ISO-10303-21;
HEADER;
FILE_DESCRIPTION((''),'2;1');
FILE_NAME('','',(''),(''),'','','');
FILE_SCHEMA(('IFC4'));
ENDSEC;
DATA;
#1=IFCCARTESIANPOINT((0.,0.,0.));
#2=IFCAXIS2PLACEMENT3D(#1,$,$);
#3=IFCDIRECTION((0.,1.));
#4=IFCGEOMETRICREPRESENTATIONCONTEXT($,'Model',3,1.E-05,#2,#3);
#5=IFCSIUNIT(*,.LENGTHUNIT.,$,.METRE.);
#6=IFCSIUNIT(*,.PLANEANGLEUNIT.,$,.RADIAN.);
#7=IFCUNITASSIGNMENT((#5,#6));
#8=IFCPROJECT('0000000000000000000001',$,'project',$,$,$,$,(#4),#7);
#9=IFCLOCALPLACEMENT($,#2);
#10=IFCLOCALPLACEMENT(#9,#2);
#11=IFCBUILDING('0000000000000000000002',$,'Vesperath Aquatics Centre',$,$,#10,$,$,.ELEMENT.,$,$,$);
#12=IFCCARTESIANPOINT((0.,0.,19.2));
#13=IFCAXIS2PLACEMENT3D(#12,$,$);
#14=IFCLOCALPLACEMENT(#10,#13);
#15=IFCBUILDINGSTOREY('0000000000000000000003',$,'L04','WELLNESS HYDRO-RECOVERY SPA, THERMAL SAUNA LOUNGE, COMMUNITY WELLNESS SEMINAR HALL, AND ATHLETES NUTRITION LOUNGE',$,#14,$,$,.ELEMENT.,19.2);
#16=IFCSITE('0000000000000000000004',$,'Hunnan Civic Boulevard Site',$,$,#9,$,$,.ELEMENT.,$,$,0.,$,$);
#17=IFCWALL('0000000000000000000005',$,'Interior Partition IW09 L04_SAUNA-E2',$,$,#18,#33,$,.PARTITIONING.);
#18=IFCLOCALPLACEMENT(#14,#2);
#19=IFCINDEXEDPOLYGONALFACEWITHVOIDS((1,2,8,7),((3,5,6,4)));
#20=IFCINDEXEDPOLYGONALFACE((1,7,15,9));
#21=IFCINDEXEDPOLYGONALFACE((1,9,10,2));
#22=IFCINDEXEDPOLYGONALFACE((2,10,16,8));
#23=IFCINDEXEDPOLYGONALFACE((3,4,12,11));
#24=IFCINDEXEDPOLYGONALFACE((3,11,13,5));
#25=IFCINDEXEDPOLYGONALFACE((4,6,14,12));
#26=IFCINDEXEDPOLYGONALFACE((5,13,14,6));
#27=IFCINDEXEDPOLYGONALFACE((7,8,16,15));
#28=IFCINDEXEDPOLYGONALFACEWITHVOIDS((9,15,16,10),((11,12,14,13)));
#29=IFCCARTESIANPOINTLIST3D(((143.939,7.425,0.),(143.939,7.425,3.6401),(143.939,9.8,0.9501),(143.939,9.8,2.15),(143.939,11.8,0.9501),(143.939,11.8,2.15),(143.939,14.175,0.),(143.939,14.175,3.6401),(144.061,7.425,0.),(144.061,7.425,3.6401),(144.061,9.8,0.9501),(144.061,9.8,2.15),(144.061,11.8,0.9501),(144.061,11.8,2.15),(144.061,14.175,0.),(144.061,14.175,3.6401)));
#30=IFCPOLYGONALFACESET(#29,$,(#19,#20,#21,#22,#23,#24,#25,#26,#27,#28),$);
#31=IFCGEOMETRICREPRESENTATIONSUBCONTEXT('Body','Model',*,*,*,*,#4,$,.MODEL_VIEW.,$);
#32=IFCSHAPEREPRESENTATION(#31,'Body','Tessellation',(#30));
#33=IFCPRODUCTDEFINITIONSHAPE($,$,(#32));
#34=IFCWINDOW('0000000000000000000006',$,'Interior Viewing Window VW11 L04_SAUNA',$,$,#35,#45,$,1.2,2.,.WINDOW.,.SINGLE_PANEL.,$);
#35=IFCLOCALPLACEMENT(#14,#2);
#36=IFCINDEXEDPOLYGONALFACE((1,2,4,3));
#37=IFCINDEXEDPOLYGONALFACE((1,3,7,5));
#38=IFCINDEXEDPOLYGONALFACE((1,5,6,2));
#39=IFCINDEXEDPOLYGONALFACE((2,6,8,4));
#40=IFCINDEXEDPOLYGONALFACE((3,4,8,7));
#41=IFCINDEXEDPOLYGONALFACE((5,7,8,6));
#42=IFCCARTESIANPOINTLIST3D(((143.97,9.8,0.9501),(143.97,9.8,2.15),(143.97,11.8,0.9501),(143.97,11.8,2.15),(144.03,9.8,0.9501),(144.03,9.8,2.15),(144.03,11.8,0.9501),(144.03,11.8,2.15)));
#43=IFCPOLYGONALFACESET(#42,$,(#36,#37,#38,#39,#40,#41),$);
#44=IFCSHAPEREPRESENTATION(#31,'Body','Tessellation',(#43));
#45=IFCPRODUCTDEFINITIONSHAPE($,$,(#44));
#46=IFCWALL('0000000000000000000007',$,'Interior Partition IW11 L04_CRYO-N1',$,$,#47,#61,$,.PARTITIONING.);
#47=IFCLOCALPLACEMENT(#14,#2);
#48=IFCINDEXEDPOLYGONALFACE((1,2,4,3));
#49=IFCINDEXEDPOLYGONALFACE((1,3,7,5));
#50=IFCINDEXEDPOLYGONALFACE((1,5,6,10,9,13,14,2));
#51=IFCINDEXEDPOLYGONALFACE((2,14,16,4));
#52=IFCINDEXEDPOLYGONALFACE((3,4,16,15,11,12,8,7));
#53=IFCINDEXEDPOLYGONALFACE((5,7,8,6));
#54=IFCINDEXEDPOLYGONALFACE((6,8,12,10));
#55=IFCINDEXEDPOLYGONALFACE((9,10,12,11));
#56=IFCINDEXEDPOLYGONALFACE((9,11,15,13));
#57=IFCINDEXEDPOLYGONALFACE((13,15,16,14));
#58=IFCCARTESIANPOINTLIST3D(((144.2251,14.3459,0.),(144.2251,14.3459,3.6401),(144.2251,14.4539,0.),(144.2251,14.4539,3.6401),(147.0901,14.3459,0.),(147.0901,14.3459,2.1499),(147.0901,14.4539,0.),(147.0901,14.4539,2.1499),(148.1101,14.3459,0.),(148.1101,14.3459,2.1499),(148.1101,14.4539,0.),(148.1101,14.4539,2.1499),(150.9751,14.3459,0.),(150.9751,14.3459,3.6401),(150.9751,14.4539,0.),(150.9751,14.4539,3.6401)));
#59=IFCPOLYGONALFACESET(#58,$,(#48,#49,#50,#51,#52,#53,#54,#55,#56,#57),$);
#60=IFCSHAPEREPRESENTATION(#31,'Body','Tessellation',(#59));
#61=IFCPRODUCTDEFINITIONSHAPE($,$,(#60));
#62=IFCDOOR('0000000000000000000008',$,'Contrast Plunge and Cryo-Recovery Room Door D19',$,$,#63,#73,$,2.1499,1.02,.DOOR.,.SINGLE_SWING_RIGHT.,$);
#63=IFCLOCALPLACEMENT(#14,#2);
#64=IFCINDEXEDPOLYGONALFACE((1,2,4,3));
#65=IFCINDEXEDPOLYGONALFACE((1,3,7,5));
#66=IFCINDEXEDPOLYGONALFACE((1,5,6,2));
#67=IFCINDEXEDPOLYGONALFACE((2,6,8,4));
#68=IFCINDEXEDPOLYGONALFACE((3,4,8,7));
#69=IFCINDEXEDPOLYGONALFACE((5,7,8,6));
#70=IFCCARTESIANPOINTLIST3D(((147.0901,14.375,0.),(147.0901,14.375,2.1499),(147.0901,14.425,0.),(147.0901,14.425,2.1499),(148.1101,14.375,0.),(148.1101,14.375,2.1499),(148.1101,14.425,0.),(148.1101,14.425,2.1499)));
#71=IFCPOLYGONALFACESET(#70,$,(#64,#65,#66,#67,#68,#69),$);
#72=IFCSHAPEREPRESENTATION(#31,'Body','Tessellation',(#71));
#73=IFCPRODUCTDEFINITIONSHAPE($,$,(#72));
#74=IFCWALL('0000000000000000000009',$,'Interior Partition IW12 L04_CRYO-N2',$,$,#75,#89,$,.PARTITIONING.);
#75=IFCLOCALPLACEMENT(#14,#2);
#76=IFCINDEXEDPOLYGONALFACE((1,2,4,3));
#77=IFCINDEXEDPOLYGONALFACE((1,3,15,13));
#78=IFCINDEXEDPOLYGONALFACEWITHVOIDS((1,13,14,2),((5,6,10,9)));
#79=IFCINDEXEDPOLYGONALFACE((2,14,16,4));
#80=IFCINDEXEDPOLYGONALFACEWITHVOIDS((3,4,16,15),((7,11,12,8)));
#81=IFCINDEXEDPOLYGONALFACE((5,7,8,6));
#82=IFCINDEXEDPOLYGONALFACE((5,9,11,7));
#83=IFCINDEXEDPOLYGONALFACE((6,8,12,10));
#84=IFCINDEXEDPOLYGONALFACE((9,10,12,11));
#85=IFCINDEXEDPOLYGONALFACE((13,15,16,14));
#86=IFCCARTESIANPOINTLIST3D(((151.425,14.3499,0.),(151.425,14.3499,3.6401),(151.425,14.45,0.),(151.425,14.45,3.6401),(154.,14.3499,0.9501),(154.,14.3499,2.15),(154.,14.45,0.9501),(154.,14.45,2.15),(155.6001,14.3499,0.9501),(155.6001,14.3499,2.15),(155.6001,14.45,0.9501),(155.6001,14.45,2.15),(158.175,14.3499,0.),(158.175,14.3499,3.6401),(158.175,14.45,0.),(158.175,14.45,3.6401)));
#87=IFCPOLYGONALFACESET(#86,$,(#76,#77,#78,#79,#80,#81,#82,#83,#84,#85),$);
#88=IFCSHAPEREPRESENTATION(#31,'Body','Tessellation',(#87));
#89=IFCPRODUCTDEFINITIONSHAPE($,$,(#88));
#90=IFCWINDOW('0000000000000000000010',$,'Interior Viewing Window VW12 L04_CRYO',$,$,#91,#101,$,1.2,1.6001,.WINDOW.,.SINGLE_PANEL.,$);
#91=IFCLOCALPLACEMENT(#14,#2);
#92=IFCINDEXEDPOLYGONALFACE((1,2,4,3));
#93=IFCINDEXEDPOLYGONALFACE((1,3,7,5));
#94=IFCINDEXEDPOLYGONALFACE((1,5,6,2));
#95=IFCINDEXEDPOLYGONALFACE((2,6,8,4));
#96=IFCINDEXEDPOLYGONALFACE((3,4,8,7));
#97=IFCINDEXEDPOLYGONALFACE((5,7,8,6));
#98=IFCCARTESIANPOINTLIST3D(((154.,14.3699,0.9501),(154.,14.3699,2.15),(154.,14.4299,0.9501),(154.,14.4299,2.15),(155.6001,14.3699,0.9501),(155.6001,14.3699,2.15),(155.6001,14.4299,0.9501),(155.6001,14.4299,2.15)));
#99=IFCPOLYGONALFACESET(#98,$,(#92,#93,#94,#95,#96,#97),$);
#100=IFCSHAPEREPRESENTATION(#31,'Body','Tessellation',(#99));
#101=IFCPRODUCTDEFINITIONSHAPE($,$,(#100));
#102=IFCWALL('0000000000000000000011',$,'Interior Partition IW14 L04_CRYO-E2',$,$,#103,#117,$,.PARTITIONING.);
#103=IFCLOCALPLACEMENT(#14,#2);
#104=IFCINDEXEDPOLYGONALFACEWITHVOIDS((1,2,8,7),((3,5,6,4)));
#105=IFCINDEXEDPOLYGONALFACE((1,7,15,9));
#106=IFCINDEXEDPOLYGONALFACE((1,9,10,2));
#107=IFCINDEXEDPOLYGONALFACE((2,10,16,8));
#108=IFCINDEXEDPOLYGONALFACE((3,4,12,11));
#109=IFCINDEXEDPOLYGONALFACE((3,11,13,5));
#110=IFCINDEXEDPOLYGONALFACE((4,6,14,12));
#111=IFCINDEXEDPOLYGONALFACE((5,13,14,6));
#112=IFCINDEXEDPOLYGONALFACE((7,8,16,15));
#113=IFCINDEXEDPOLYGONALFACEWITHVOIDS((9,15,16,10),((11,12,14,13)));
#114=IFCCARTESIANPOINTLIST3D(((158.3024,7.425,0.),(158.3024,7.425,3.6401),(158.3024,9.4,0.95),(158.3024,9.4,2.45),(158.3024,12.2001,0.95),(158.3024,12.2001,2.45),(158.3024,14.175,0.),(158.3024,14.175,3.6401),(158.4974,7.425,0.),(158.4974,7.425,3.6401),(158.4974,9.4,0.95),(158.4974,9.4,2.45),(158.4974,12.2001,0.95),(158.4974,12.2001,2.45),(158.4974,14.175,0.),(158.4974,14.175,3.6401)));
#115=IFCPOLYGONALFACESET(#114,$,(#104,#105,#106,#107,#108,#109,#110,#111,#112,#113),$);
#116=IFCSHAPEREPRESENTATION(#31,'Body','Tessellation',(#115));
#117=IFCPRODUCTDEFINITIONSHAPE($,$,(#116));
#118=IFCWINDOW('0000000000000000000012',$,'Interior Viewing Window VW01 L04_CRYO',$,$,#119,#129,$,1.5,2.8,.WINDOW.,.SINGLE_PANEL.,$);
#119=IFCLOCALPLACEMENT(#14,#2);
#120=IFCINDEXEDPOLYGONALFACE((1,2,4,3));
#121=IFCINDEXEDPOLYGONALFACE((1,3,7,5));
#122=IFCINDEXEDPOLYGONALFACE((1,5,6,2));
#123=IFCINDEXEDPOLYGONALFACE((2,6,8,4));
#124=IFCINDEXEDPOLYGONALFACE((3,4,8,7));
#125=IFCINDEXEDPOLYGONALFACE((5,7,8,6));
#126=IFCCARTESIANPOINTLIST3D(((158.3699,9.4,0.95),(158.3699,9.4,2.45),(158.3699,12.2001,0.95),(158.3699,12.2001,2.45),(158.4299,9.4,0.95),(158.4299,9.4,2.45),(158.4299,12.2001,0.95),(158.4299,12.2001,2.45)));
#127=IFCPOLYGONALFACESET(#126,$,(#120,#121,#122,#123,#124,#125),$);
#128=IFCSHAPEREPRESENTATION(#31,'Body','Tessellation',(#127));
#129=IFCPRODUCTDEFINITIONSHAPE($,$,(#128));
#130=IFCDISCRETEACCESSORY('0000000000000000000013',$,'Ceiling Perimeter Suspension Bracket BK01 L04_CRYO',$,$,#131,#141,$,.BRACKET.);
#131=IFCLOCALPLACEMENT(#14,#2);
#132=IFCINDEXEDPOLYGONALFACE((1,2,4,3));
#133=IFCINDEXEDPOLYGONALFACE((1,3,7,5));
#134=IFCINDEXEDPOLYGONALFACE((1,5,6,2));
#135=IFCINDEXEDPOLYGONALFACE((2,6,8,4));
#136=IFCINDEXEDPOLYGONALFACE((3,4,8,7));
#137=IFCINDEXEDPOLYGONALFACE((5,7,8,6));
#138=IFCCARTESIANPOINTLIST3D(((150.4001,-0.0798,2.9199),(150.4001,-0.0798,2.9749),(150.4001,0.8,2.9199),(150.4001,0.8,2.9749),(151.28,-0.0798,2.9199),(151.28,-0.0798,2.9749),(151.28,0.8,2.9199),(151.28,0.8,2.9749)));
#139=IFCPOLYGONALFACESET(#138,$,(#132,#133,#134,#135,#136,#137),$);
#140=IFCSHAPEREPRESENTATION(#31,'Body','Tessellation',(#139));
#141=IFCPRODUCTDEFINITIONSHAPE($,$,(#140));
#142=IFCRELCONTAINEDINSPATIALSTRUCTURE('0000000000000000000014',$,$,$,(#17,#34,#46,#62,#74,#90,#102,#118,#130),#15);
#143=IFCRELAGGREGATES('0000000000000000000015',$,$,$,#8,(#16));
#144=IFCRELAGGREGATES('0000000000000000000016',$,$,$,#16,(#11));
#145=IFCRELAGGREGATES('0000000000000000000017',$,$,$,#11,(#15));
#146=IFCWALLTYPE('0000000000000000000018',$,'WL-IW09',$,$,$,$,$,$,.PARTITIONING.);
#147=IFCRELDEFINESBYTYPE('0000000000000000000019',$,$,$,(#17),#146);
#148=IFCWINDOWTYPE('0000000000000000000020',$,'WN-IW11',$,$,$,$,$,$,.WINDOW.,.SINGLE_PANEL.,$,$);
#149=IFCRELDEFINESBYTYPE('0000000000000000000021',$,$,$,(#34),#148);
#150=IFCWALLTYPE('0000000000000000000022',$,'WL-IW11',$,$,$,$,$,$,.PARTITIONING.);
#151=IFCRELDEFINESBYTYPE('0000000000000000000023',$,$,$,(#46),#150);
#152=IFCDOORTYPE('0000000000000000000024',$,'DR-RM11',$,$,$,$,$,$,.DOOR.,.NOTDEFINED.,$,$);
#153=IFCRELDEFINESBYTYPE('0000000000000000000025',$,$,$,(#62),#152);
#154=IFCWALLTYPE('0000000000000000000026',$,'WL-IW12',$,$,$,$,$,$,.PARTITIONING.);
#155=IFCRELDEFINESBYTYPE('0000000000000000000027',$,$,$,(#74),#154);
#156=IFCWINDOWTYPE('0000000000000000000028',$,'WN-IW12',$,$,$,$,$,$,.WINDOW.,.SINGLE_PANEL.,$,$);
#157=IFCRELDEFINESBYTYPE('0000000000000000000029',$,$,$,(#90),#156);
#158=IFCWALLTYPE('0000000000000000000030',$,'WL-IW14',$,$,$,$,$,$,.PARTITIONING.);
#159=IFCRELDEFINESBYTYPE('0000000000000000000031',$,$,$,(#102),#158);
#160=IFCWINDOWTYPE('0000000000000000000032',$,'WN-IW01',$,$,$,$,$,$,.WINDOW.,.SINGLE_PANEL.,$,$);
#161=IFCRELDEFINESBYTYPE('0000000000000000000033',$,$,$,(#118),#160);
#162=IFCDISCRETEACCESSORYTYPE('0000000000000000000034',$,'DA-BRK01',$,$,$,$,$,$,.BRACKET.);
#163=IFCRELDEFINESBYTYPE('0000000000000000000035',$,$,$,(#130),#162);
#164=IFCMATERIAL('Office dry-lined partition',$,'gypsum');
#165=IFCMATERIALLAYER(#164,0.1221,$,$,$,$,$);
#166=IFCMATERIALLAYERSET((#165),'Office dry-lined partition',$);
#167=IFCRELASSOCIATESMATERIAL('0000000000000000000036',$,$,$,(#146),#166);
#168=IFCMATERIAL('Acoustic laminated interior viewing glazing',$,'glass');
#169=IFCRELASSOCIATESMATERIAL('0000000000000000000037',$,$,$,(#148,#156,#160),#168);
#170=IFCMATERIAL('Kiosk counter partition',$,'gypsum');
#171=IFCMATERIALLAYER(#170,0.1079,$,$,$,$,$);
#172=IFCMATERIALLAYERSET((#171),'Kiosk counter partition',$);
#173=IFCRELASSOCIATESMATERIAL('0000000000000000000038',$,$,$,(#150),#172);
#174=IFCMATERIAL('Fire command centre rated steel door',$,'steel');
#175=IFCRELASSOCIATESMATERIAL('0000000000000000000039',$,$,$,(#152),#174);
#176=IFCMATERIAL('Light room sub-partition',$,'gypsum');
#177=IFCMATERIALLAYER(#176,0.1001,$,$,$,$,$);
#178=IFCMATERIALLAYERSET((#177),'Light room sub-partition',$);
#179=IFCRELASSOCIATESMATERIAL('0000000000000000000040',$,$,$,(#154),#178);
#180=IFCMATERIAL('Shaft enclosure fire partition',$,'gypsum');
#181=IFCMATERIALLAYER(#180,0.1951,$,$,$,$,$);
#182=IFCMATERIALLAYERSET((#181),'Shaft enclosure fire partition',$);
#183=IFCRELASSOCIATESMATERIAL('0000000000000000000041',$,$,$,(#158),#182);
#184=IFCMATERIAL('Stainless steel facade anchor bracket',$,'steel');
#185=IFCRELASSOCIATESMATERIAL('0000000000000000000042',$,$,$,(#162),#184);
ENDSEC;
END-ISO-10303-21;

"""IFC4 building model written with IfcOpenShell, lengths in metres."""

from ifc_helpers import new_model, si_unit, direction, frame, frame_2d, origin, origin_2d, place, context, subcontext, project, spatial, rectangle, extrude, material, layer, layer_set, type_object, element, fill, save


model = new_model("IFC4")

# Units and contexts
model_context = context("Model", 3, precision=1e-05, world=origin(), true_north=direction((0.0, 1.0)))
body_context = subcontext(model_context, "Body", "Model", "MODEL_VIEW")
ifc_project = project(units=[si_unit("LENGTHUNIT", "METRE"), si_unit("PLANEANGLEUNIT", "RADIAN")], contexts=[model_context])

# Site, building, storey
site_placement = place(None, origin())
site = spatial("IfcSite", under=ifc_project, at=site_placement, Name="Hunnan Civic Boulevard Site", CompositionType="ELEMENT", RefElevation=0.0)
building_placement = place(site_placement, origin())
building = spatial("IfcBuilding", under=site, at=building_placement, Name="Vesperath Aquatics Centre", CompositionType="ELEMENT")
storey_placement = place(building_placement, frame((0.0, 0.0, 19.2)))
storey = spatial("IfcBuildingStorey", under=building, at=storey_placement, Name="L04", Description="WELLNESS HYDRO-RECOVERY SPA, THERMAL SAUNA LOUNGE, COMMUNITY WELLNESS SEMINAR HALL, AND ATHLETES NUTRITION LOUNGE", CompositionType="ELEMENT", Elevation=19.2)

# Wall, opening, window
ifc_material_1 = material(Name="Office dry-lined partition", Category="gypsum")
ifc_layer_1 = layer(ifc_material_1, 0.1221)
ifc_layer_set_1 = layer_set([ifc_layer_1], Name="Office dry-lined partition")
wall_type_1 = type_object("IfcWallType", Name="WL-IW09", PredefinedType="PARTITIONING", material=ifc_layer_set_1)
wall_1_placement = place(storey_placement, frame((144.0, 7.425, 0.0), z_axis=(0.0, 0.0, 1.0), x_axis=(0.0, 1.0, 0.0)))
wall_1 = element("IfcWall", 1, at=wall_1_placement, inside=storey, type_object=wall_type_1, Name="Interior Partition IW09 L04_SAUNA-E2", PredefinedType="PARTITIONING", context=body_context, shape_type="SweptSolid", body=[
    extrude(rectangle(XDim=6.75, YDim=0.1221, at=frame_2d((3.375, 0.0))), origin(), (0.0, 0.0, 1.0), 3.6401),
])
opening_1_placement = place(wall_1_placement, frame((2.375, 0.0, 0.95)))
opening_1 = element("IfcOpeningElement", 2, at=opening_1_placement, cuts=wall_1, PredefinedType="OPENING", context=body_context, shape_type="SweptSolid", body=[
    extrude(rectangle(XDim=2.0, YDim=1.2, at=frame_2d((1.0, 0.6001))), frame((0.0, 0.0759, 0.0), z_axis=(0.0, -1.0, 0.0), x_axis=(1.0, 0.0, 0.0)), (0.0, 0.0, 1.0), 0.1519),
])
ifc_material_2 = material(Name="Acoustic laminated interior viewing glazing", Category="glass")
window_type_1 = type_object("IfcWindowType", Name="WN-IW11", PartitioningType="SINGLE_PANEL", PredefinedType="WINDOW", material=ifc_material_2)
window_1_placement = place(opening_1_placement, origin())
window_1 = element("IfcWindow", 3, at=window_1_placement, inside=storey, type_object=window_type_1, Name="Interior Viewing Window VW11 L04_SAUNA", OverallHeight=1.2, OverallWidth=2.0, PartitioningType="SINGLE_PANEL", PredefinedType="WINDOW", context=body_context, shape_type="SweptSolid", body=[
    extrude(rectangle(XDim=2.0, YDim=1.2, at=frame_2d((1.0, 0.6001))), frame((0.0, 0.03, 0.0), z_axis=(0.0, -1.0, 0.0), x_axis=(1.0, 0.0, 0.0)), (0.0, 0.0, 1.0), 0.0601),
])
fill(opening_1, window_1)

# Wall, opening, door
ifc_material_3 = material(Name="Kiosk counter partition", Category="gypsum")
ifc_layer_2 = layer(ifc_material_3, 0.1079)
ifc_layer_set_2 = layer_set([ifc_layer_2], Name="Kiosk counter partition")
wall_type_2 = type_object("IfcWallType", Name="WL-IW11", PredefinedType="PARTITIONING", material=ifc_layer_set_2)
wall_2_placement = place(storey_placement, frame((144.2251, 14.3999, 0.0), z_axis=(0.0, 0.0, 1.0), x_axis=(1.0, 0.0, 0.0)))
wall_2 = element("IfcWall", 4, at=wall_2_placement, inside=storey, type_object=wall_type_2, Name="Interior Partition IW11 L04_CRYO-N1", PredefinedType="PARTITIONING", context=body_context, shape_type="SweptSolid", body=[
    extrude(rectangle(XDim=6.75, YDim=0.1079, at=frame_2d((3.375, 0.0))), origin(), (0.0, 0.0, 1.0), 3.6401),
])
opening_2_placement = place(wall_2_placement, frame((2.865, 0.0, 0.0)))
opening_2 = element("IfcOpeningElement", 5, at=opening_2_placement, cuts=wall_2, PredefinedType="OPENING", context=body_context, shape_type="SweptSolid", body=[
    extrude(rectangle(XDim=1.02, YDim=2.1499, at=frame_2d((0.51, 1.075))), frame((0.0, 0.0688, 0.0), z_axis=(0.0, -1.0, 0.0), x_axis=(1.0, 0.0, 0.0)), (0.0, 0.0, 1.0), 0.1377),
])
ifc_material_4 = material(Name="Fire command centre rated steel door", Category="steel")
door_type = type_object("IfcDoorType", Name="DR-RM11", OperationType="NOTDEFINED", PredefinedType="DOOR", material=ifc_material_4)
door_placement = place(opening_2_placement, frame((1.02, 0.0, 0.0), z_axis=(0.0, 0.0, 1.0), x_axis=(-1.0, 0.0, 0.0)))
door = element("IfcDoor", 6, at=door_placement, inside=storey, type_object=door_type, Name="Contrast Plunge and Cryo-Recovery Room Door D19", OperationType="SINGLE_SWING_RIGHT", OverallHeight=2.1499, OverallWidth=1.02, PredefinedType="DOOR", context=body_context, shape_type="SweptSolid", body=[
    extrude(rectangle(XDim=1.02, YDim=2.1499, at=frame_2d((0.51, 1.075))), frame((0.0, 0.0249, 0.0), z_axis=(0.0, -1.0, 0.0), x_axis=(1.0, 0.0, 0.0)), (0.0, 0.0, 1.0), 0.05),
])
fill(opening_2, door)

# Walls, openings, windows
ifc_material_5 = material(Name="Light room sub-partition", Category="gypsum")
ifc_layer_3 = layer(ifc_material_5, 0.1001)
ifc_layer_set_3 = layer_set([ifc_layer_3], Name="Light room sub-partition")
wall_type_3 = type_object("IfcWallType", Name="WL-IW12", PredefinedType="PARTITIONING", material=ifc_layer_set_3)
wall_3_placement = place(storey_placement, frame((151.425, 14.3999, 0.0), z_axis=(0.0, 0.0, 1.0), x_axis=(1.0, 0.0, 0.0)))
wall_3 = element("IfcWall", 7, at=wall_3_placement, inside=storey, type_object=wall_type_3, Name="Interior Partition IW12 L04_CRYO-N2", PredefinedType="PARTITIONING", context=body_context, shape_type="SweptSolid", body=[
    extrude(rectangle(XDim=6.75, YDim=0.1001, at=frame_2d((3.375, 0.0))), origin(), (0.0, 0.0, 1.0), 3.6401),
])
opening_3_placement = place(wall_3_placement, frame((2.575, 0.0, 0.95)))
opening_3 = element("IfcOpeningElement", 8, at=opening_3_placement, cuts=wall_3, PredefinedType="OPENING", context=body_context, shape_type="SweptSolid", body=[
    extrude(rectangle(XDim=1.6001, YDim=1.2, at=frame_2d((0.8, 0.6001))), frame((0.0, 0.0649, 0.0), z_axis=(0.0, -1.0, 0.0), x_axis=(1.0, 0.0, 0.0)), (0.0, 0.0, 1.0), 0.1299),
])
window_type_2 = type_object("IfcWindowType", Name="WN-IW12", PartitioningType="SINGLE_PANEL", PredefinedType="WINDOW", material=ifc_material_2)
window_2_placement = place(opening_3_placement, origin())
window_2 = element("IfcWindow", 9, at=window_2_placement, inside=storey, type_object=window_type_2, Name="Interior Viewing Window VW12 L04_CRYO", OverallHeight=1.2, OverallWidth=1.6001, PartitioningType="SINGLE_PANEL", PredefinedType="WINDOW", context=body_context, shape_type="SweptSolid", body=[
    extrude(rectangle(XDim=1.6001, YDim=1.2, at=frame_2d((0.8, 0.6001))), frame((0.0, 0.03, 0.0), z_axis=(0.0, -1.0, 0.0), x_axis=(1.0, 0.0, 0.0)), (0.0, 0.0, 1.0), 0.0601),
])
fill(opening_3, window_2)
ifc_material_6 = material(Name="Shaft enclosure fire partition", Category="gypsum")
ifc_layer_4 = layer(ifc_material_6, 0.1951)
ifc_layer_set_4 = layer_set([ifc_layer_4], Name="Shaft enclosure fire partition")
wall_type_4 = type_object("IfcWallType", Name="WL-IW14", PredefinedType="PARTITIONING", material=ifc_layer_set_4)
wall_4_placement = place(storey_placement, frame((158.3999, 7.425, 0.0), z_axis=(0.0, 0.0, 1.0), x_axis=(0.0, 1.0, 0.0)))
wall_4 = element("IfcWall", 10, at=wall_4_placement, inside=storey, type_object=wall_type_4, Name="Interior Partition IW14 L04_CRYO-E2", PredefinedType="PARTITIONING", context=body_context, shape_type="SweptSolid", body=[
    extrude(rectangle(XDim=6.75, YDim=0.1951, at=frame_2d((3.375, 0.0))), origin(), (0.0, 0.0, 1.0), 3.6401),
])
opening_4_placement = place(wall_4_placement, frame((1.9751, 0.0, 0.95)))
opening_4 = element("IfcOpeningElement", 11, at=opening_4_placement, cuts=wall_4, PredefinedType="OPENING", context=body_context, shape_type="SweptSolid", body=[
    extrude(rectangle(XDim=2.8, YDim=1.5, at=frame_2d((1.3999, 0.75))), frame((0.0, 0.1123, 0.0), z_axis=(0.0, -1.0, 0.0), x_axis=(1.0, 0.0, 0.0)), (0.0, 0.0, 1.0), 0.2249),
])
window_type_3 = type_object("IfcWindowType", Name="WN-IW01", PartitioningType="SINGLE_PANEL", PredefinedType="WINDOW", material=ifc_material_2)
window_3_placement = place(opening_4_placement, origin())
window_3 = element("IfcWindow", 12, at=window_3_placement, inside=storey, type_object=window_type_3, Name="Interior Viewing Window VW01 L04_CRYO", OverallHeight=1.5, OverallWidth=2.8, PartitioningType="SINGLE_PANEL", PredefinedType="WINDOW", context=body_context, shape_type="SweptSolid", body=[
    extrude(rectangle(XDim=2.8, YDim=1.5, at=frame_2d((1.3999, 0.75))), frame((0.0, 0.03, 0.0), z_axis=(0.0, -1.0, 0.0), x_axis=(1.0, 0.0, 0.0)), (0.0, 0.0, 1.0), 0.0601),
])
fill(opening_4, window_3)

# Discrete accessory
ifc_material_7 = material(Name="Stainless steel facade anchor bracket", Category="steel")
discrete_accessory_type = type_object("IfcDiscreteAccessoryType", Name="DA-BRK01", PredefinedType="BRACKET", material=ifc_material_7)
discrete_accessory_placement = place(storey_placement, frame((150.8401, 0.3601, 2.9199), z_axis=(0.0, 0.0, 1.0), x_axis=(1.0, 0.0, 0.0)))
element("IfcDiscreteAccessory", 13, at=discrete_accessory_placement, inside=storey, type_object=discrete_accessory_type, Name="Ceiling Perimeter Suspension Bracket BK01 L04_CRYO", PredefinedType="BRACKET", context=body_context, shape_type="SweptSolid", body=[
    extrude(rectangle(XDim=0.8799, YDim=0.8799, at=origin_2d()), origin(), (0.0, 0.0, 1.0), 0.0549),
])

save(model, "model.ifc")
